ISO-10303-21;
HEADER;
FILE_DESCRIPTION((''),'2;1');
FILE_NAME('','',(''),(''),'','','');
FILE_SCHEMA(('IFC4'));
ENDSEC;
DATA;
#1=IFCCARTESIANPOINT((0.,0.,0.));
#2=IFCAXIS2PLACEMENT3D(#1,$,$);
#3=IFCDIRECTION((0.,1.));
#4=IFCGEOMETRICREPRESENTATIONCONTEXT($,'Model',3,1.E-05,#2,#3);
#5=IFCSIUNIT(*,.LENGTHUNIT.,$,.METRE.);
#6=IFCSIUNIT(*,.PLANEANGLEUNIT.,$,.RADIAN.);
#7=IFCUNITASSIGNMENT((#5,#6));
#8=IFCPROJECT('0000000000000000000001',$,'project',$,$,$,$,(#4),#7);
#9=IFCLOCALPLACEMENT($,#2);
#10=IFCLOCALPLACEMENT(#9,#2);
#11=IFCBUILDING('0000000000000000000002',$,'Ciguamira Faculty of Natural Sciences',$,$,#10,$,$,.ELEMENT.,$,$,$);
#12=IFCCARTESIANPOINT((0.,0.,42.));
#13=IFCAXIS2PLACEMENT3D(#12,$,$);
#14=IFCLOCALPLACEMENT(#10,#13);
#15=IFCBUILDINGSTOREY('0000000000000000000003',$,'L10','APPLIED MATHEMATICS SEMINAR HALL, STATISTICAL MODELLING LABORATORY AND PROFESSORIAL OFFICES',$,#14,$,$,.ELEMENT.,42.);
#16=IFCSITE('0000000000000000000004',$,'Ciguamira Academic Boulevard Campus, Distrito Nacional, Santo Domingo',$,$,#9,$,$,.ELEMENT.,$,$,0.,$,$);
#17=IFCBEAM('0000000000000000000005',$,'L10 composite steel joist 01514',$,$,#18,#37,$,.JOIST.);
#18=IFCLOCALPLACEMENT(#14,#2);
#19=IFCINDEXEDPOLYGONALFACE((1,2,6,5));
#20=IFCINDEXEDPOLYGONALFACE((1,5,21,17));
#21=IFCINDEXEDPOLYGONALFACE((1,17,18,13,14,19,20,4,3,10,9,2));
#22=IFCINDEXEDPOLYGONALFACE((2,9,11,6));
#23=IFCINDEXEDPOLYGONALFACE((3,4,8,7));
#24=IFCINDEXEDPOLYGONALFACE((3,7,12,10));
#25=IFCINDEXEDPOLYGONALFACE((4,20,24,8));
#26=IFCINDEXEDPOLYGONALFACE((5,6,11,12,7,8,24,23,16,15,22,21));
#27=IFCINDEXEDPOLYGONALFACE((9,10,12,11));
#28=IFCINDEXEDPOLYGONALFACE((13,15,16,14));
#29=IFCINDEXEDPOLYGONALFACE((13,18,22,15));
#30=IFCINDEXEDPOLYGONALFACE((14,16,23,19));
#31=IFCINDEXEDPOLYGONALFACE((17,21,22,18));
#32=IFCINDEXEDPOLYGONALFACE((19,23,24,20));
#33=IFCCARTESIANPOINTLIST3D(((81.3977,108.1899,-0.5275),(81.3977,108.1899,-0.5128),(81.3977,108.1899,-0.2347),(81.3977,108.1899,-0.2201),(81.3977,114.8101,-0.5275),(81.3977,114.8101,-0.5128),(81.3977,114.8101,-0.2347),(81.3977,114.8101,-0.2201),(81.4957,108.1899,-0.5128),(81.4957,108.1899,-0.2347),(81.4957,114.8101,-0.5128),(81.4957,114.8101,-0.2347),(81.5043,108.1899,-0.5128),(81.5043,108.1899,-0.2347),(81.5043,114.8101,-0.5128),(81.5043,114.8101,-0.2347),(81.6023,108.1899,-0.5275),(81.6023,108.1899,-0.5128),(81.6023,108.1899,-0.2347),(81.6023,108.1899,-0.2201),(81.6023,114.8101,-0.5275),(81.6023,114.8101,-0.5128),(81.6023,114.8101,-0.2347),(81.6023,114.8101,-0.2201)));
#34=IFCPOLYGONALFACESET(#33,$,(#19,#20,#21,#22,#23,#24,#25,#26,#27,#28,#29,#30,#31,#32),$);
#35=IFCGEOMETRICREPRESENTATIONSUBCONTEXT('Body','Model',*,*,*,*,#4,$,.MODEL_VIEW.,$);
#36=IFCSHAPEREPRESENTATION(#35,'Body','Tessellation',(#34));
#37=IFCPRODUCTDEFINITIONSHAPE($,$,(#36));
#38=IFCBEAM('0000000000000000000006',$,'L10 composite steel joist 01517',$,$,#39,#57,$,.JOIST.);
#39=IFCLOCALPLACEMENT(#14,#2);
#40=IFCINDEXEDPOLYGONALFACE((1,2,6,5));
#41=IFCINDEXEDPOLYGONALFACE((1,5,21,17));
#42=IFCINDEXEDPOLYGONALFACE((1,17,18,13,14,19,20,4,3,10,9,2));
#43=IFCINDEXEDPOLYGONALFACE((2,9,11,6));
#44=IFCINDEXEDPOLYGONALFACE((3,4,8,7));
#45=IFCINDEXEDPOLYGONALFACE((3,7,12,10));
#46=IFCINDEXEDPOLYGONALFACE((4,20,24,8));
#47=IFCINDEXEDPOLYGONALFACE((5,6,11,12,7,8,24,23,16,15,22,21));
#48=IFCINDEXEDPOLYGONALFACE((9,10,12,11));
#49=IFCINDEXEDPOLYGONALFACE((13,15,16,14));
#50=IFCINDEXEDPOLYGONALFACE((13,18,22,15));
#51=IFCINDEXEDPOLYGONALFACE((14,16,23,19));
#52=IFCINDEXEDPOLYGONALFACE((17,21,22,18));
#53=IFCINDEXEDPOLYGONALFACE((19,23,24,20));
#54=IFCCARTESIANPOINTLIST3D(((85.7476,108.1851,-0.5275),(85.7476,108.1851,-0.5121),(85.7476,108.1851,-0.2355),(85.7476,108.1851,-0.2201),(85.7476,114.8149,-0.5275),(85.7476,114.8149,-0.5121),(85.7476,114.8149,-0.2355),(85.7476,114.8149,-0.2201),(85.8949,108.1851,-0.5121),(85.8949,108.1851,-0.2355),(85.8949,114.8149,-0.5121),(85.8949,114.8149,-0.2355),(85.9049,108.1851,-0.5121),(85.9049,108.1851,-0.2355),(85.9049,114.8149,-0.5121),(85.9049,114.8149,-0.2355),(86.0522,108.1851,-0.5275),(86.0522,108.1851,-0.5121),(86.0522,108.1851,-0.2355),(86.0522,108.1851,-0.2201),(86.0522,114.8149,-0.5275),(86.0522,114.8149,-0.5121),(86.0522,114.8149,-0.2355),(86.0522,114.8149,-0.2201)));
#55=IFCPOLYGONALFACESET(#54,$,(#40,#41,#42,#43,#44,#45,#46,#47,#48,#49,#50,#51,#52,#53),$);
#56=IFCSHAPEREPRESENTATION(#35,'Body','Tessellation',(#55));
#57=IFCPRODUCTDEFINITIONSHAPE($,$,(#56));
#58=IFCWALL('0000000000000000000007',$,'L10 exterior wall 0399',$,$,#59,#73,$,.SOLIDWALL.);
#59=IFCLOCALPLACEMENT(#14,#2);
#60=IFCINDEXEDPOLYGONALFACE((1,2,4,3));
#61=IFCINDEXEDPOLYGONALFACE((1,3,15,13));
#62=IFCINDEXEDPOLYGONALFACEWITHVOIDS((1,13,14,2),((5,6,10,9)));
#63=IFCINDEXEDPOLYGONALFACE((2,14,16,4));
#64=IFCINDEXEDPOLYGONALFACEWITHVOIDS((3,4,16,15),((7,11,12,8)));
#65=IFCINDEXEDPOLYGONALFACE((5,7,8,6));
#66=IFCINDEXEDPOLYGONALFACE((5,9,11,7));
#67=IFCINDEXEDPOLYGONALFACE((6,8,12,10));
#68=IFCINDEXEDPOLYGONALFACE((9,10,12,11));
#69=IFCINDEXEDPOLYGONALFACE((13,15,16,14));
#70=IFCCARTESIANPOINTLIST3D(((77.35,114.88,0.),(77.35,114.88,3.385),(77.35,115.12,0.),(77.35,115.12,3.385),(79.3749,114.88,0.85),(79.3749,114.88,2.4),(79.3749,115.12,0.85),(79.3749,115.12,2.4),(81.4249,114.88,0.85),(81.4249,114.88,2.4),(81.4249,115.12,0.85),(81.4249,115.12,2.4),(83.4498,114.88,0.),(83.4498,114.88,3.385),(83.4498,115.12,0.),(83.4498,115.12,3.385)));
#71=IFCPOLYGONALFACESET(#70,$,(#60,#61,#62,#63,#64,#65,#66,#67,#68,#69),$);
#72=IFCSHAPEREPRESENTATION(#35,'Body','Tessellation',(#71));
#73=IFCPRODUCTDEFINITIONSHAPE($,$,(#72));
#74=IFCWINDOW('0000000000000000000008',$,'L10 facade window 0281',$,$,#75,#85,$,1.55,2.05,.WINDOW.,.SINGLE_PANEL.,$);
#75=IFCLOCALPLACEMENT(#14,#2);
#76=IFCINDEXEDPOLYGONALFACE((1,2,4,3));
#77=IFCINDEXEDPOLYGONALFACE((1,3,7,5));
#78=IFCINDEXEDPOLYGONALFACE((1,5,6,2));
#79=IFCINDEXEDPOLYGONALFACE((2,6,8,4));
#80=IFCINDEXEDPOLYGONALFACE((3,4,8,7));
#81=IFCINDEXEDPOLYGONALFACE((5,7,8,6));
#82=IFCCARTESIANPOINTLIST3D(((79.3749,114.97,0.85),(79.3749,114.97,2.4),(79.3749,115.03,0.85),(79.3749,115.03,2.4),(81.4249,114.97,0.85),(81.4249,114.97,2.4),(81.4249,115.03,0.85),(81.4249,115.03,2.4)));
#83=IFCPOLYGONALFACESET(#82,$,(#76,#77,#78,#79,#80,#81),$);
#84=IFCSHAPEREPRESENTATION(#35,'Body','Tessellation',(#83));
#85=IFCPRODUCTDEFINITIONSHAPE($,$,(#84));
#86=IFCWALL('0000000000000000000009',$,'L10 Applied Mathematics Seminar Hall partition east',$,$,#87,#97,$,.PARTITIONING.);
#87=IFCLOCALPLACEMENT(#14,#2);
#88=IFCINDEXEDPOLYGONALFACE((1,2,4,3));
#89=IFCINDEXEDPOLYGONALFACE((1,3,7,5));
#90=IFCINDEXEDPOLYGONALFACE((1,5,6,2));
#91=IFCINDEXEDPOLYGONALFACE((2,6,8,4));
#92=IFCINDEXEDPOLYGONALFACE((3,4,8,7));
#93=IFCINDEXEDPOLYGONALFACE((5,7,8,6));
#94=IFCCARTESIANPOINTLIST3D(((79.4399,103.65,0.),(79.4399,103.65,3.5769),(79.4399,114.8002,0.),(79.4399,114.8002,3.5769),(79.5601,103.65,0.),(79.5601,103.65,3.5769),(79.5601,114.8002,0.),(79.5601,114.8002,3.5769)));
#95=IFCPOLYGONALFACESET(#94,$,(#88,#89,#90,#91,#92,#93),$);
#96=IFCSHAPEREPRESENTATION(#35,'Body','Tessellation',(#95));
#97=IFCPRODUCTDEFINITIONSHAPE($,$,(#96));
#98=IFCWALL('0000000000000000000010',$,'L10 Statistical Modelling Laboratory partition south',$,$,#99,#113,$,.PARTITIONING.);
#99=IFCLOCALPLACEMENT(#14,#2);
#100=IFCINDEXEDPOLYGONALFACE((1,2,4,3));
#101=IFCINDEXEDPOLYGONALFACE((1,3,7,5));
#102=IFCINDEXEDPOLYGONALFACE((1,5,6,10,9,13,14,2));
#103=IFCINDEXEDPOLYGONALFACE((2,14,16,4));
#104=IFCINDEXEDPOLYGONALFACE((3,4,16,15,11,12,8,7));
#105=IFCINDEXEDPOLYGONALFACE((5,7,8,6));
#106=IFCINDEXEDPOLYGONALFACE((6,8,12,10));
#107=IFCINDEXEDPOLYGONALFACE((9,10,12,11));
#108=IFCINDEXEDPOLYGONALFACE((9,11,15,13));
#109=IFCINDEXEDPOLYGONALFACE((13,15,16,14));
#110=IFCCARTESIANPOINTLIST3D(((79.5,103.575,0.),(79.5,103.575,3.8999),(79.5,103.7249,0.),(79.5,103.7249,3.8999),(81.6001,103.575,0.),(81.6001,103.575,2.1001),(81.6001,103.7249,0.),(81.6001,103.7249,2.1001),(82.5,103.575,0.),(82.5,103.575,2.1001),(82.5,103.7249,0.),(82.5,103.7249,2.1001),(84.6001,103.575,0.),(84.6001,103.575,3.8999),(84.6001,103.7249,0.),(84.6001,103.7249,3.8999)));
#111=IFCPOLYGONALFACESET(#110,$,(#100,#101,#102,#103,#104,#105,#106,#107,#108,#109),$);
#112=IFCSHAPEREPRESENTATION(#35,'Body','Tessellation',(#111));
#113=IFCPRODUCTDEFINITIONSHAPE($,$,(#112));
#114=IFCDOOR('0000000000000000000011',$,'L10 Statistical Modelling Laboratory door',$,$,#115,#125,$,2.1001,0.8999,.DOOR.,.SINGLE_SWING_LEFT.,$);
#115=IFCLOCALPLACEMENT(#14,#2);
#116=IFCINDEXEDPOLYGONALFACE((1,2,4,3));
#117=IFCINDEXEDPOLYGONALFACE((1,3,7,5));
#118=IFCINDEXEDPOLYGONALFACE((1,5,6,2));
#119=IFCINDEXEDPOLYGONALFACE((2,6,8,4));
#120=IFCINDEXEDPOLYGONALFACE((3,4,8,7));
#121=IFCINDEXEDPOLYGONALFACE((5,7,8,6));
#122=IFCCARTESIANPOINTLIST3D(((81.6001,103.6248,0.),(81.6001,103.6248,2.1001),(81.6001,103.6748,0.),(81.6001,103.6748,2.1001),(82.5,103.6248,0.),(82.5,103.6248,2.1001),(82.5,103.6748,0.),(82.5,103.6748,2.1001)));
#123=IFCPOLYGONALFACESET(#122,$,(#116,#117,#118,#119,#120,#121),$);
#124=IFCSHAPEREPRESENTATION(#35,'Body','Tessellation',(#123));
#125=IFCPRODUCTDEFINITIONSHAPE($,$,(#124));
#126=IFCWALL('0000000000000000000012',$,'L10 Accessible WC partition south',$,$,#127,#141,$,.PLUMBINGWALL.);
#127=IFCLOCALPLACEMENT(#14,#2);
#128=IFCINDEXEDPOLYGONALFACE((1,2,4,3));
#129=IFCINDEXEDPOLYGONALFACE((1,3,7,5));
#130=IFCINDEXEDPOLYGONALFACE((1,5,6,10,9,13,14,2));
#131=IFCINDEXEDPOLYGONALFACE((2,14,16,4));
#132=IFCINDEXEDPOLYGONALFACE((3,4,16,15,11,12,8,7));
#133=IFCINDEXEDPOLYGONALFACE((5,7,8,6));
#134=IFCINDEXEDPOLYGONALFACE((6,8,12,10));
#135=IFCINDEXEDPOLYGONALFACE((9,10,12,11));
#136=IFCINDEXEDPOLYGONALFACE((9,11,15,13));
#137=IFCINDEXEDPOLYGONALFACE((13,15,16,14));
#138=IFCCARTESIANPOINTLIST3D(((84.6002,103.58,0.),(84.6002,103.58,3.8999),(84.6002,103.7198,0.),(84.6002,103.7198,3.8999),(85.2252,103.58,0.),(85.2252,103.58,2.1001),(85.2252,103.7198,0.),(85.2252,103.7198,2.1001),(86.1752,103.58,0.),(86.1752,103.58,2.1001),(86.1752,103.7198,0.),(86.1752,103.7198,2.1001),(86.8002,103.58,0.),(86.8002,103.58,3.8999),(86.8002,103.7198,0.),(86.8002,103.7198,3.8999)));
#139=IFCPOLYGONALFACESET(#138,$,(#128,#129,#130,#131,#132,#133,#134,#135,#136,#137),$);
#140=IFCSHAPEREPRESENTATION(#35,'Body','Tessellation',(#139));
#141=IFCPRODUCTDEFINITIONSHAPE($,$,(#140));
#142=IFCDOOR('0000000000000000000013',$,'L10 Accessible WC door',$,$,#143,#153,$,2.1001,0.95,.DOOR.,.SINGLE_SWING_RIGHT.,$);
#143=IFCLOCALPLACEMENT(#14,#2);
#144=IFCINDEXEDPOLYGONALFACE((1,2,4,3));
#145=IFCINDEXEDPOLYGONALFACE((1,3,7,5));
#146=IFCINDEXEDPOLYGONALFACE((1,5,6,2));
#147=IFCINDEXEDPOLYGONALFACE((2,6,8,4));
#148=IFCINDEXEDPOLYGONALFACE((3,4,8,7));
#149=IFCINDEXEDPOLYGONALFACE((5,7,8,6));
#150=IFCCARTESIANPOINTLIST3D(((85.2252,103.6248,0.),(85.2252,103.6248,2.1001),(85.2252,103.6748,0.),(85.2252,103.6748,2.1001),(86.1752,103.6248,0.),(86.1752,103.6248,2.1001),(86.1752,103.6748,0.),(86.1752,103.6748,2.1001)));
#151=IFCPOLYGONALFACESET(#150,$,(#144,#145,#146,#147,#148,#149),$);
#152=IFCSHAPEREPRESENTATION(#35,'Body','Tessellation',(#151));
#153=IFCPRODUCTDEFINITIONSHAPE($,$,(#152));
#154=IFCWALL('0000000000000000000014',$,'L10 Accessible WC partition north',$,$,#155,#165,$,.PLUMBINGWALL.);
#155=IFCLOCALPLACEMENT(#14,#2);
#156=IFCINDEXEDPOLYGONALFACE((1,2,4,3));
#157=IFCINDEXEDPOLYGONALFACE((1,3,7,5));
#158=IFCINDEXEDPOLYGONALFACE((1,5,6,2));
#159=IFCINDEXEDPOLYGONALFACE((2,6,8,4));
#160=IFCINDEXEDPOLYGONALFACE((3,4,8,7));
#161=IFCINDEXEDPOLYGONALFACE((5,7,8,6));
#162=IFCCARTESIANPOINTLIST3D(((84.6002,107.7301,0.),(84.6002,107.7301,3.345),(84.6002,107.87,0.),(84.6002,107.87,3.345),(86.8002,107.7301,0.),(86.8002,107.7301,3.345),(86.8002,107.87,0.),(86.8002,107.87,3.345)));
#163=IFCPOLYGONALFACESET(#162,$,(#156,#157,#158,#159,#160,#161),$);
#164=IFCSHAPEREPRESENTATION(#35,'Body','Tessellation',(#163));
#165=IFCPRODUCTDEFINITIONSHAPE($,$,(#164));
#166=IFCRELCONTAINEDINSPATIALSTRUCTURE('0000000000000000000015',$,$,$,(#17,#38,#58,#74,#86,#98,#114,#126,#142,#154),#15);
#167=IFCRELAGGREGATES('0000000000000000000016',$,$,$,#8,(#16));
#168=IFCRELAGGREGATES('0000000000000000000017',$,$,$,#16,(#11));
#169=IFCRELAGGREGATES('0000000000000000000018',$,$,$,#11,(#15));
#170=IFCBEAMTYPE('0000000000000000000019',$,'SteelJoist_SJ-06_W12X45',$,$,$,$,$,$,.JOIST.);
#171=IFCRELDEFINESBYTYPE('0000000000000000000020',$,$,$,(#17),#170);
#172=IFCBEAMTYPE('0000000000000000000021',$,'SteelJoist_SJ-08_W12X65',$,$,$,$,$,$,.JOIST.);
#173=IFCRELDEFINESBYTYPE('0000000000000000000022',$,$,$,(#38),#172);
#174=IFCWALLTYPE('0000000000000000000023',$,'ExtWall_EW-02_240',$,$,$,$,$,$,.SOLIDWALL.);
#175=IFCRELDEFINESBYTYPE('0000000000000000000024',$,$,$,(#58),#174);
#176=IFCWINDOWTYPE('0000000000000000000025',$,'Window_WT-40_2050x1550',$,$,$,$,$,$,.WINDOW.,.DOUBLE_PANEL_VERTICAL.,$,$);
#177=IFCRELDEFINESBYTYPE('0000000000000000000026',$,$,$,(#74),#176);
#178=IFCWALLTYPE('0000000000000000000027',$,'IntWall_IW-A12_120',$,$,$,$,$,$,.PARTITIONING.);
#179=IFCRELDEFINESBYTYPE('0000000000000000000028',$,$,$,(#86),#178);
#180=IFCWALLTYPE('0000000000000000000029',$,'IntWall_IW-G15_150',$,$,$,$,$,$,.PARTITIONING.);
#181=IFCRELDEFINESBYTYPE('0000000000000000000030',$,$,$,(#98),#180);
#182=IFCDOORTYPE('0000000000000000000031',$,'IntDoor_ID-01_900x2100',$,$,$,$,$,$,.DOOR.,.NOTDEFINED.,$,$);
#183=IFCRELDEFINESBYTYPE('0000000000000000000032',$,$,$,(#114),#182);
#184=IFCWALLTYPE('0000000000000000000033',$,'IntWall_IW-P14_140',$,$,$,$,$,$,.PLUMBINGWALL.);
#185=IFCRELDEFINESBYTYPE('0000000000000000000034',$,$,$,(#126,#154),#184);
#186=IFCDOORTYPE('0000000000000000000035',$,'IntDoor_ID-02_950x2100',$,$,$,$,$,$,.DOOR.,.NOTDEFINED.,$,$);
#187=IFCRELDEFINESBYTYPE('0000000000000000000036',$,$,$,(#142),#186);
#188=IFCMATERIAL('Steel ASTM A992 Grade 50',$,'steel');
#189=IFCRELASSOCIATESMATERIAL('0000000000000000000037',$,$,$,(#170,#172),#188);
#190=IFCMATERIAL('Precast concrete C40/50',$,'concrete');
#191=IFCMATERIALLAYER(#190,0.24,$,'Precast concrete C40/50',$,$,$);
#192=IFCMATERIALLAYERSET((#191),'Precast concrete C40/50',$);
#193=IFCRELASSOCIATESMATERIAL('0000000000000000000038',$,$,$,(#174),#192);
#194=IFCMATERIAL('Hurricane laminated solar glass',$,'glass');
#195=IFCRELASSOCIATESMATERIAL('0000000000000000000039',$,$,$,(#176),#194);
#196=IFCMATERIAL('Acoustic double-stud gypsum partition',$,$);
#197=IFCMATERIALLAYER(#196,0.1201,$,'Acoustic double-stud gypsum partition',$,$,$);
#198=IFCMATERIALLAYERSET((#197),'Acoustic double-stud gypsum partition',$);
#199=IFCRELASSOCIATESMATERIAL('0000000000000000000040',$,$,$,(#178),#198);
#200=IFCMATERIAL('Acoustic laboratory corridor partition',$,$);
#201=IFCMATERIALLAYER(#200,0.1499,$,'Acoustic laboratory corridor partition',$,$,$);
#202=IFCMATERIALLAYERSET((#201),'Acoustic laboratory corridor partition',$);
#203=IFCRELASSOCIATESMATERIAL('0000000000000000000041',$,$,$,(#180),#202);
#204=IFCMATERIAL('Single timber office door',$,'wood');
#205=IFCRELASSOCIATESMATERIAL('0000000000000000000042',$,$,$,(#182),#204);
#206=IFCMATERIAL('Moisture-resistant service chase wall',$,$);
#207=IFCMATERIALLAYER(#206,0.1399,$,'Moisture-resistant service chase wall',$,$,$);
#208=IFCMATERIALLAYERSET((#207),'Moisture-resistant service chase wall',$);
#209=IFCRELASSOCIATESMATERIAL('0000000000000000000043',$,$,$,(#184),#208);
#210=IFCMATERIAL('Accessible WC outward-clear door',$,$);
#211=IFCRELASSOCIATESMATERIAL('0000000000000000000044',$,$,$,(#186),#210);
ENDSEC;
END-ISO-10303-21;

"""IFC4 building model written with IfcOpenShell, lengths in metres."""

from ifc_helpers import new_model, si_unit, direction, frame, frame_2d, origin, origin_2d, place, context, subcontext, project, spatial, rectangle, i_section, extrude, material, layer, layer_set, material_profile, profile_set, type_object, element, fill, save


model = new_model("IFC4")

# Units and contexts
model_context = context("Model", 3, precision=1e-05, world=origin(), true_north=direction((0.0, 1.0)))
body_context = subcontext(model_context, "Body", "Model", "MODEL_VIEW")
ifc_project = project(units=[si_unit("LENGTHUNIT", "METRE"), si_unit("PLANEANGLEUNIT", "RADIAN")], contexts=[model_context])

# Site, building, storey
site_placement = place(None, origin())
site = spatial("IfcSite", under=ifc_project, at=site_placement, Name="Ciguamira Academic Boulevard Campus, Distrito Nacional, Santo Domingo", CompositionType="ELEMENT", RefElevation=0.0)
building_placement = place(site_placement, origin())
building = spatial("IfcBuilding", under=site, at=building_placement, Name="Ciguamira Faculty of Natural Sciences", CompositionType="ELEMENT")
storey_placement = place(building_placement, frame((0.0, 0.0, 42.0)))
storey = spatial("IfcBuildingStorey", under=building, at=storey_placement, Name="L10", Description="APPLIED MATHEMATICS SEMINAR HALL, STATISTICAL MODELLING LABORATORY AND PROFESSORIAL OFFICES", CompositionType="ELEMENT", Elevation=42.0)

# Beams
ifc_material_1 = material(Name="Steel ASTM A992 Grade 50", Category="steel")
ifc_material_profile_1 = material_profile(ifc_material_1, i_section(OverallWidth=0.2046, OverallDepth=0.3074, WebThickness=0.0085, FlangeThickness=0.0146, at=origin_2d()), Name="W12X45")
ifc_profile_set_1 = profile_set([ifc_material_profile_1], Name="Steel ASTM A992 Grade 50")
beam_type_1 = type_object("IfcBeamType", Name="SteelJoist_SJ-06_W12X45", PredefinedType="JOIST", material=ifc_profile_set_1)
beam_1_placement = place(storey_placement, frame((81.5, 108.1899, -0.3738), z_axis=(0.0, 1.0, 0.0), x_axis=(-1.0, 0.0, 0.0)))
element("IfcBeam", 1, at=beam_1_placement, inside=storey, type_object=beam_type_1, Name="L10 composite steel joist 01514", PredefinedType="JOIST", context=body_context, shape_type="SweptSolid", body=[
    extrude(i_section(OverallWidth=0.2046, OverallDepth=0.3074, WebThickness=0.0085, FlangeThickness=0.0146, at=origin_2d()), origin(), (0.0, 0.0, 1.0), 6.6201),
])
ifc_material_profile_2 = material_profile(ifc_material_1, i_section(OverallWidth=0.3047, OverallDepth=0.3074, WebThickness=0.01, FlangeThickness=0.0154, at=origin_2d()), Name="W12X65")
ifc_profile_set_2 = profile_set([ifc_material_profile_2], Name="Steel ASTM A992 Grade 50")
beam_type_2 = type_object("IfcBeamType", Name="SteelJoist_SJ-08_W12X65", PredefinedType="JOIST", material=ifc_profile_set_2)
beam_2_placement = place(storey_placement, frame((85.8999, 108.1851, -0.3738), z_axis=(0.0, 1.0, 0.0), x_axis=(-1.0, 0.0, 0.0)))
element("IfcBeam", 2, at=beam_2_placement, inside=storey, type_object=beam_type_2, Name="L10 composite steel joist 01517", PredefinedType="JOIST", context=body_context, shape_type="SweptSolid", body=[
    extrude(i_section(OverallWidth=0.3047, OverallDepth=0.3074, WebThickness=0.01, FlangeThickness=0.0154, at=origin_2d()), origin(), (0.0, 0.0, 1.0), 6.6299),
])

# Wall, opening, window
ifc_material_2 = material(Name="Precast concrete C40/50", Category="concrete")
ifc_layer_1 = layer(ifc_material_2, 0.24, Name="Precast concrete C40/50")
ifc_layer_set_1 = layer_set([ifc_layer_1], Name="Precast concrete C40/50")
wall_type_1 = type_object("IfcWallType", Name="ExtWall_EW-02_240", PredefinedType="SOLIDWALL", material=ifc_layer_set_1)
wall_1_placement = place(storey_placement, frame((77.3501, 115.0, 0.0), z_axis=(0.0, 0.0, 1.0), x_axis=(1.0, 0.0, 0.0)))
wall_1 = element("IfcWall", 3, at=wall_1_placement, inside=storey, type_object=wall_type_1, Name="L10 exterior wall 0399", PredefinedType="SOLIDWALL", context=body_context, shape_type="SweptSolid", body=[
    extrude(rectangle(XDim=6.0999, YDim=0.24, at=frame_2d((3.0498, 0.0))), origin(), (0.0, 0.0, 1.0), 3.385),
])
opening_1_placement = place(wall_1_placement, frame((2.0249, 0.0, 0.8501)))
opening_1 = element("IfcOpeningElement", 4, at=opening_1_placement, cuts=wall_1, PredefinedType="OPENING", context=body_context, shape_type="SweptSolid", body=[
    extrude(rectangle(XDim=2.05, YDim=1.55, at=frame_2d((1.0249, 0.7749))), frame((0.0, 0.1299, 0.0), z_axis=(0.0, -1.0, 0.0), x_axis=(1.0, 0.0, 0.0)), (0.0, 0.0, 1.0), 0.26),
])
ifc_material_3 = material(Name="Hurricane laminated solar glass", Category="glass")
window_type = type_object("IfcWindowType", Name="Window_WT-40_2050x1550", PartitioningType="DOUBLE_PANEL_VERTICAL", PredefinedType="WINDOW", material=ifc_material_3)
window_placement = place(opening_1_placement, origin())
window = element("IfcWindow", 5, at=window_placement, inside=storey, type_object=window_type, Name="L10 facade window 0281", OverallHeight=1.55, OverallWidth=2.05, PartitioningType="SINGLE_PANEL", PredefinedType="WINDOW", context=body_context, shape_type="SweptSolid", body=[
    extrude(rectangle(XDim=2.05, YDim=1.55, at=frame_2d((1.0249, 0.7749))), frame((0.0, 0.03, 0.0), z_axis=(0.0, -1.0, 0.0), x_axis=(1.0, 0.0, 0.0)), (0.0, 0.0, 1.0), 0.0601),
])
fill(opening_1, window)

# Wall
ifc_material_4 = material(Name="Acoustic double-stud gypsum partition")
ifc_layer_2 = layer(ifc_material_4, 0.1201, Name="Acoustic double-stud gypsum partition")
ifc_layer_set_2 = layer_set([ifc_layer_2], Name="Acoustic double-stud gypsum partition")
wall_type_2 = type_object("IfcWallType", Name="IntWall_IW-A12_120", PredefinedType="PARTITIONING", material=ifc_layer_set_2)
wall_2_placement = place(storey_placement, frame((79.5, 103.6499, 0.0), z_axis=(0.0, 0.0, 1.0), x_axis=(0.0, 1.0, 0.0)))
element("IfcWall", 6, at=wall_2_placement, inside=storey, type_object=wall_type_2, Name="L10 Applied Mathematics Seminar Hall partition east", PredefinedType="PARTITIONING", context=body_context, shape_type="SweptSolid", body=[
    extrude(rectangle(XDim=11.1501, YDim=0.1201, at=frame_2d((5.5752, 0.0))), origin(), (0.0, 0.0, 1.0), 3.5769),
])

# Walls, openings, doors
ifc_material_5 = material(Name="Acoustic laboratory corridor partition")
ifc_layer_3 = layer(ifc_material_5, 0.1499, Name="Acoustic laboratory corridor partition")
ifc_layer_set_3 = layer_set([ifc_layer_3], Name="Acoustic laboratory corridor partition")
wall_type_3 = type_object("IfcWallType", Name="IntWall_IW-G15_150", PredefinedType="PARTITIONING", material=ifc_layer_set_3)
wall_3_placement = place(storey_placement, frame((79.5, 103.6499, 0.0), z_axis=(0.0, 0.0, 1.0), x_axis=(1.0, 0.0, 0.0)))
wall_3 = element("IfcWall", 7, at=wall_3_placement, inside=storey, type_object=wall_type_3, Name="L10 Statistical Modelling Laboratory partition south", PredefinedType="PARTITIONING", context=body_context, shape_type="SweptSolid", body=[
    extrude(rectangle(XDim=5.1001, YDim=0.1499, at=frame_2d((2.55, 0.0))), origin(), (0.0, 0.0, 1.0), 3.8999),
])
opening_2_placement = place(wall_3_placement, frame((2.1001, 0.0, 0.0)))
opening_2 = element("IfcOpeningElement", 8, at=opening_2_placement, cuts=wall_3, PredefinedType="OPENING", context=body_context, shape_type="SweptSolid", body=[
    extrude(rectangle(XDim=0.8999, YDim=2.1001, at=frame_2d((0.45, 1.05))), frame((0.0, 0.085, 0.0), z_axis=(0.0, -1.0, 0.0), x_axis=(1.0, 0.0, 0.0)), (0.0, 0.0, 1.0), 0.1699),
])
ifc_material_6 = material(Name="Single timber office door", Category="wood")
door_type_1 = type_object("IfcDoorType", Name="IntDoor_ID-01_900x2100", OperationType="NOTDEFINED", PredefinedType="DOOR", material=ifc_material_6)
door_1_placement = place(opening_2_placement, origin())
door_1 = element("IfcDoor", 9, at=door_1_placement, inside=storey, type_object=door_type_1, Name="L10 Statistical Modelling Laboratory door", OperationType="SINGLE_SWING_LEFT", OverallHeight=2.1001, OverallWidth=0.8999, PredefinedType="DOOR", context=body_context, shape_type="SweptSolid", body=[
    extrude(rectangle(XDim=0.8999, YDim=2.1001, at=frame_2d((0.45, 1.05))), frame((0.0, 0.0249, 0.0), z_axis=(0.0, -1.0, 0.0), x_axis=(1.0, 0.0, 0.0)), (0.0, 0.0, 1.0), 0.05),
])
fill(opening_2, door_1)
ifc_material_7 = material(Name="Moisture-resistant service chase wall")
ifc_layer_4 = layer(ifc_material_7, 0.1399, Name="Moisture-resistant service chase wall")
ifc_layer_set_4 = layer_set([ifc_layer_4], Name="Moisture-resistant service chase wall")
wall_type_4 = type_object("IfcWallType", Name="IntWall_IW-P14_140", PredefinedType="PLUMBINGWALL", material=ifc_layer_set_4)
wall_4_placement = place(storey_placement, frame((84.6001, 103.6499, 0.0), z_axis=(0.0, 0.0, 1.0), x_axis=(1.0, 0.0, 0.0)))
wall_4 = element("IfcWall", 10, at=wall_4_placement, inside=storey, type_object=wall_type_4, Name="L10 Accessible WC partition south", PredefinedType="PLUMBINGWALL", context=body_context, shape_type="SweptSolid", body=[
    extrude(rectangle(XDim=2.2, YDim=0.1399, at=frame_2d((1.1001, 0.0))), origin(), (0.0, 0.0, 1.0), 3.8999),
])
opening_3_placement = place(wall_4_placement, frame((0.625, 0.0, 0.0)))
opening_3 = element("IfcOpeningElement", 11, at=opening_3_placement, cuts=wall_4, PredefinedType="OPENING", context=body_context, shape_type="SweptSolid", body=[
    extrude(rectangle(XDim=0.95, YDim=2.1001, at=frame_2d((0.4751, 1.05))), frame((0.0, 0.0798, 0.0), z_axis=(0.0, -1.0, 0.0), x_axis=(1.0, 0.0, 0.0)), (0.0, 0.0, 1.0), 0.1599),
])
ifc_material_8 = material(Name="Accessible WC outward-clear door")
door_type_2 = type_object("IfcDoorType", Name="IntDoor_ID-02_950x2100", OperationType="NOTDEFINED", PredefinedType="DOOR", material=ifc_material_8)
door_2_placement = place(opening_3_placement, origin())
door_2 = element("IfcDoor", 12, at=door_2_placement, inside=storey, type_object=door_type_2, Name="L10 Accessible WC door", OperationType="SINGLE_SWING_RIGHT", OverallHeight=2.1001, OverallWidth=0.95, PredefinedType="DOOR", context=body_context, shape_type="SweptSolid", body=[
    extrude(rectangle(XDim=0.95, YDim=2.1001, at=frame_2d((0.4751, 1.05))), frame((0.0, 0.0249, 0.0), z_axis=(0.0, -1.0, 0.0), x_axis=(1.0, 0.0, 0.0)), (0.0, 0.0, 1.0), 0.05),
])
fill(opening_3, door_2)

# Wall
wall_5_placement = place(storey_placement, frame((84.6001, 107.8, 0.0), z_axis=(0.0, 0.0, 1.0), x_axis=(1.0, 0.0, 0.0)))
element("IfcWall", 13, at=wall_5_placement, inside=storey, type_object=wall_type_4, Name="L10 Accessible WC partition north", PredefinedType="PLUMBINGWALL", context=body_context, shape_type="SweptSolid", body=[
    extrude(rectangle(XDim=2.2, YDim=0.1399, at=frame_2d((1.1001, 0.0))), origin(), (0.0, 0.0, 1.0), 3.345),
])

save(model, "model.ifc")
